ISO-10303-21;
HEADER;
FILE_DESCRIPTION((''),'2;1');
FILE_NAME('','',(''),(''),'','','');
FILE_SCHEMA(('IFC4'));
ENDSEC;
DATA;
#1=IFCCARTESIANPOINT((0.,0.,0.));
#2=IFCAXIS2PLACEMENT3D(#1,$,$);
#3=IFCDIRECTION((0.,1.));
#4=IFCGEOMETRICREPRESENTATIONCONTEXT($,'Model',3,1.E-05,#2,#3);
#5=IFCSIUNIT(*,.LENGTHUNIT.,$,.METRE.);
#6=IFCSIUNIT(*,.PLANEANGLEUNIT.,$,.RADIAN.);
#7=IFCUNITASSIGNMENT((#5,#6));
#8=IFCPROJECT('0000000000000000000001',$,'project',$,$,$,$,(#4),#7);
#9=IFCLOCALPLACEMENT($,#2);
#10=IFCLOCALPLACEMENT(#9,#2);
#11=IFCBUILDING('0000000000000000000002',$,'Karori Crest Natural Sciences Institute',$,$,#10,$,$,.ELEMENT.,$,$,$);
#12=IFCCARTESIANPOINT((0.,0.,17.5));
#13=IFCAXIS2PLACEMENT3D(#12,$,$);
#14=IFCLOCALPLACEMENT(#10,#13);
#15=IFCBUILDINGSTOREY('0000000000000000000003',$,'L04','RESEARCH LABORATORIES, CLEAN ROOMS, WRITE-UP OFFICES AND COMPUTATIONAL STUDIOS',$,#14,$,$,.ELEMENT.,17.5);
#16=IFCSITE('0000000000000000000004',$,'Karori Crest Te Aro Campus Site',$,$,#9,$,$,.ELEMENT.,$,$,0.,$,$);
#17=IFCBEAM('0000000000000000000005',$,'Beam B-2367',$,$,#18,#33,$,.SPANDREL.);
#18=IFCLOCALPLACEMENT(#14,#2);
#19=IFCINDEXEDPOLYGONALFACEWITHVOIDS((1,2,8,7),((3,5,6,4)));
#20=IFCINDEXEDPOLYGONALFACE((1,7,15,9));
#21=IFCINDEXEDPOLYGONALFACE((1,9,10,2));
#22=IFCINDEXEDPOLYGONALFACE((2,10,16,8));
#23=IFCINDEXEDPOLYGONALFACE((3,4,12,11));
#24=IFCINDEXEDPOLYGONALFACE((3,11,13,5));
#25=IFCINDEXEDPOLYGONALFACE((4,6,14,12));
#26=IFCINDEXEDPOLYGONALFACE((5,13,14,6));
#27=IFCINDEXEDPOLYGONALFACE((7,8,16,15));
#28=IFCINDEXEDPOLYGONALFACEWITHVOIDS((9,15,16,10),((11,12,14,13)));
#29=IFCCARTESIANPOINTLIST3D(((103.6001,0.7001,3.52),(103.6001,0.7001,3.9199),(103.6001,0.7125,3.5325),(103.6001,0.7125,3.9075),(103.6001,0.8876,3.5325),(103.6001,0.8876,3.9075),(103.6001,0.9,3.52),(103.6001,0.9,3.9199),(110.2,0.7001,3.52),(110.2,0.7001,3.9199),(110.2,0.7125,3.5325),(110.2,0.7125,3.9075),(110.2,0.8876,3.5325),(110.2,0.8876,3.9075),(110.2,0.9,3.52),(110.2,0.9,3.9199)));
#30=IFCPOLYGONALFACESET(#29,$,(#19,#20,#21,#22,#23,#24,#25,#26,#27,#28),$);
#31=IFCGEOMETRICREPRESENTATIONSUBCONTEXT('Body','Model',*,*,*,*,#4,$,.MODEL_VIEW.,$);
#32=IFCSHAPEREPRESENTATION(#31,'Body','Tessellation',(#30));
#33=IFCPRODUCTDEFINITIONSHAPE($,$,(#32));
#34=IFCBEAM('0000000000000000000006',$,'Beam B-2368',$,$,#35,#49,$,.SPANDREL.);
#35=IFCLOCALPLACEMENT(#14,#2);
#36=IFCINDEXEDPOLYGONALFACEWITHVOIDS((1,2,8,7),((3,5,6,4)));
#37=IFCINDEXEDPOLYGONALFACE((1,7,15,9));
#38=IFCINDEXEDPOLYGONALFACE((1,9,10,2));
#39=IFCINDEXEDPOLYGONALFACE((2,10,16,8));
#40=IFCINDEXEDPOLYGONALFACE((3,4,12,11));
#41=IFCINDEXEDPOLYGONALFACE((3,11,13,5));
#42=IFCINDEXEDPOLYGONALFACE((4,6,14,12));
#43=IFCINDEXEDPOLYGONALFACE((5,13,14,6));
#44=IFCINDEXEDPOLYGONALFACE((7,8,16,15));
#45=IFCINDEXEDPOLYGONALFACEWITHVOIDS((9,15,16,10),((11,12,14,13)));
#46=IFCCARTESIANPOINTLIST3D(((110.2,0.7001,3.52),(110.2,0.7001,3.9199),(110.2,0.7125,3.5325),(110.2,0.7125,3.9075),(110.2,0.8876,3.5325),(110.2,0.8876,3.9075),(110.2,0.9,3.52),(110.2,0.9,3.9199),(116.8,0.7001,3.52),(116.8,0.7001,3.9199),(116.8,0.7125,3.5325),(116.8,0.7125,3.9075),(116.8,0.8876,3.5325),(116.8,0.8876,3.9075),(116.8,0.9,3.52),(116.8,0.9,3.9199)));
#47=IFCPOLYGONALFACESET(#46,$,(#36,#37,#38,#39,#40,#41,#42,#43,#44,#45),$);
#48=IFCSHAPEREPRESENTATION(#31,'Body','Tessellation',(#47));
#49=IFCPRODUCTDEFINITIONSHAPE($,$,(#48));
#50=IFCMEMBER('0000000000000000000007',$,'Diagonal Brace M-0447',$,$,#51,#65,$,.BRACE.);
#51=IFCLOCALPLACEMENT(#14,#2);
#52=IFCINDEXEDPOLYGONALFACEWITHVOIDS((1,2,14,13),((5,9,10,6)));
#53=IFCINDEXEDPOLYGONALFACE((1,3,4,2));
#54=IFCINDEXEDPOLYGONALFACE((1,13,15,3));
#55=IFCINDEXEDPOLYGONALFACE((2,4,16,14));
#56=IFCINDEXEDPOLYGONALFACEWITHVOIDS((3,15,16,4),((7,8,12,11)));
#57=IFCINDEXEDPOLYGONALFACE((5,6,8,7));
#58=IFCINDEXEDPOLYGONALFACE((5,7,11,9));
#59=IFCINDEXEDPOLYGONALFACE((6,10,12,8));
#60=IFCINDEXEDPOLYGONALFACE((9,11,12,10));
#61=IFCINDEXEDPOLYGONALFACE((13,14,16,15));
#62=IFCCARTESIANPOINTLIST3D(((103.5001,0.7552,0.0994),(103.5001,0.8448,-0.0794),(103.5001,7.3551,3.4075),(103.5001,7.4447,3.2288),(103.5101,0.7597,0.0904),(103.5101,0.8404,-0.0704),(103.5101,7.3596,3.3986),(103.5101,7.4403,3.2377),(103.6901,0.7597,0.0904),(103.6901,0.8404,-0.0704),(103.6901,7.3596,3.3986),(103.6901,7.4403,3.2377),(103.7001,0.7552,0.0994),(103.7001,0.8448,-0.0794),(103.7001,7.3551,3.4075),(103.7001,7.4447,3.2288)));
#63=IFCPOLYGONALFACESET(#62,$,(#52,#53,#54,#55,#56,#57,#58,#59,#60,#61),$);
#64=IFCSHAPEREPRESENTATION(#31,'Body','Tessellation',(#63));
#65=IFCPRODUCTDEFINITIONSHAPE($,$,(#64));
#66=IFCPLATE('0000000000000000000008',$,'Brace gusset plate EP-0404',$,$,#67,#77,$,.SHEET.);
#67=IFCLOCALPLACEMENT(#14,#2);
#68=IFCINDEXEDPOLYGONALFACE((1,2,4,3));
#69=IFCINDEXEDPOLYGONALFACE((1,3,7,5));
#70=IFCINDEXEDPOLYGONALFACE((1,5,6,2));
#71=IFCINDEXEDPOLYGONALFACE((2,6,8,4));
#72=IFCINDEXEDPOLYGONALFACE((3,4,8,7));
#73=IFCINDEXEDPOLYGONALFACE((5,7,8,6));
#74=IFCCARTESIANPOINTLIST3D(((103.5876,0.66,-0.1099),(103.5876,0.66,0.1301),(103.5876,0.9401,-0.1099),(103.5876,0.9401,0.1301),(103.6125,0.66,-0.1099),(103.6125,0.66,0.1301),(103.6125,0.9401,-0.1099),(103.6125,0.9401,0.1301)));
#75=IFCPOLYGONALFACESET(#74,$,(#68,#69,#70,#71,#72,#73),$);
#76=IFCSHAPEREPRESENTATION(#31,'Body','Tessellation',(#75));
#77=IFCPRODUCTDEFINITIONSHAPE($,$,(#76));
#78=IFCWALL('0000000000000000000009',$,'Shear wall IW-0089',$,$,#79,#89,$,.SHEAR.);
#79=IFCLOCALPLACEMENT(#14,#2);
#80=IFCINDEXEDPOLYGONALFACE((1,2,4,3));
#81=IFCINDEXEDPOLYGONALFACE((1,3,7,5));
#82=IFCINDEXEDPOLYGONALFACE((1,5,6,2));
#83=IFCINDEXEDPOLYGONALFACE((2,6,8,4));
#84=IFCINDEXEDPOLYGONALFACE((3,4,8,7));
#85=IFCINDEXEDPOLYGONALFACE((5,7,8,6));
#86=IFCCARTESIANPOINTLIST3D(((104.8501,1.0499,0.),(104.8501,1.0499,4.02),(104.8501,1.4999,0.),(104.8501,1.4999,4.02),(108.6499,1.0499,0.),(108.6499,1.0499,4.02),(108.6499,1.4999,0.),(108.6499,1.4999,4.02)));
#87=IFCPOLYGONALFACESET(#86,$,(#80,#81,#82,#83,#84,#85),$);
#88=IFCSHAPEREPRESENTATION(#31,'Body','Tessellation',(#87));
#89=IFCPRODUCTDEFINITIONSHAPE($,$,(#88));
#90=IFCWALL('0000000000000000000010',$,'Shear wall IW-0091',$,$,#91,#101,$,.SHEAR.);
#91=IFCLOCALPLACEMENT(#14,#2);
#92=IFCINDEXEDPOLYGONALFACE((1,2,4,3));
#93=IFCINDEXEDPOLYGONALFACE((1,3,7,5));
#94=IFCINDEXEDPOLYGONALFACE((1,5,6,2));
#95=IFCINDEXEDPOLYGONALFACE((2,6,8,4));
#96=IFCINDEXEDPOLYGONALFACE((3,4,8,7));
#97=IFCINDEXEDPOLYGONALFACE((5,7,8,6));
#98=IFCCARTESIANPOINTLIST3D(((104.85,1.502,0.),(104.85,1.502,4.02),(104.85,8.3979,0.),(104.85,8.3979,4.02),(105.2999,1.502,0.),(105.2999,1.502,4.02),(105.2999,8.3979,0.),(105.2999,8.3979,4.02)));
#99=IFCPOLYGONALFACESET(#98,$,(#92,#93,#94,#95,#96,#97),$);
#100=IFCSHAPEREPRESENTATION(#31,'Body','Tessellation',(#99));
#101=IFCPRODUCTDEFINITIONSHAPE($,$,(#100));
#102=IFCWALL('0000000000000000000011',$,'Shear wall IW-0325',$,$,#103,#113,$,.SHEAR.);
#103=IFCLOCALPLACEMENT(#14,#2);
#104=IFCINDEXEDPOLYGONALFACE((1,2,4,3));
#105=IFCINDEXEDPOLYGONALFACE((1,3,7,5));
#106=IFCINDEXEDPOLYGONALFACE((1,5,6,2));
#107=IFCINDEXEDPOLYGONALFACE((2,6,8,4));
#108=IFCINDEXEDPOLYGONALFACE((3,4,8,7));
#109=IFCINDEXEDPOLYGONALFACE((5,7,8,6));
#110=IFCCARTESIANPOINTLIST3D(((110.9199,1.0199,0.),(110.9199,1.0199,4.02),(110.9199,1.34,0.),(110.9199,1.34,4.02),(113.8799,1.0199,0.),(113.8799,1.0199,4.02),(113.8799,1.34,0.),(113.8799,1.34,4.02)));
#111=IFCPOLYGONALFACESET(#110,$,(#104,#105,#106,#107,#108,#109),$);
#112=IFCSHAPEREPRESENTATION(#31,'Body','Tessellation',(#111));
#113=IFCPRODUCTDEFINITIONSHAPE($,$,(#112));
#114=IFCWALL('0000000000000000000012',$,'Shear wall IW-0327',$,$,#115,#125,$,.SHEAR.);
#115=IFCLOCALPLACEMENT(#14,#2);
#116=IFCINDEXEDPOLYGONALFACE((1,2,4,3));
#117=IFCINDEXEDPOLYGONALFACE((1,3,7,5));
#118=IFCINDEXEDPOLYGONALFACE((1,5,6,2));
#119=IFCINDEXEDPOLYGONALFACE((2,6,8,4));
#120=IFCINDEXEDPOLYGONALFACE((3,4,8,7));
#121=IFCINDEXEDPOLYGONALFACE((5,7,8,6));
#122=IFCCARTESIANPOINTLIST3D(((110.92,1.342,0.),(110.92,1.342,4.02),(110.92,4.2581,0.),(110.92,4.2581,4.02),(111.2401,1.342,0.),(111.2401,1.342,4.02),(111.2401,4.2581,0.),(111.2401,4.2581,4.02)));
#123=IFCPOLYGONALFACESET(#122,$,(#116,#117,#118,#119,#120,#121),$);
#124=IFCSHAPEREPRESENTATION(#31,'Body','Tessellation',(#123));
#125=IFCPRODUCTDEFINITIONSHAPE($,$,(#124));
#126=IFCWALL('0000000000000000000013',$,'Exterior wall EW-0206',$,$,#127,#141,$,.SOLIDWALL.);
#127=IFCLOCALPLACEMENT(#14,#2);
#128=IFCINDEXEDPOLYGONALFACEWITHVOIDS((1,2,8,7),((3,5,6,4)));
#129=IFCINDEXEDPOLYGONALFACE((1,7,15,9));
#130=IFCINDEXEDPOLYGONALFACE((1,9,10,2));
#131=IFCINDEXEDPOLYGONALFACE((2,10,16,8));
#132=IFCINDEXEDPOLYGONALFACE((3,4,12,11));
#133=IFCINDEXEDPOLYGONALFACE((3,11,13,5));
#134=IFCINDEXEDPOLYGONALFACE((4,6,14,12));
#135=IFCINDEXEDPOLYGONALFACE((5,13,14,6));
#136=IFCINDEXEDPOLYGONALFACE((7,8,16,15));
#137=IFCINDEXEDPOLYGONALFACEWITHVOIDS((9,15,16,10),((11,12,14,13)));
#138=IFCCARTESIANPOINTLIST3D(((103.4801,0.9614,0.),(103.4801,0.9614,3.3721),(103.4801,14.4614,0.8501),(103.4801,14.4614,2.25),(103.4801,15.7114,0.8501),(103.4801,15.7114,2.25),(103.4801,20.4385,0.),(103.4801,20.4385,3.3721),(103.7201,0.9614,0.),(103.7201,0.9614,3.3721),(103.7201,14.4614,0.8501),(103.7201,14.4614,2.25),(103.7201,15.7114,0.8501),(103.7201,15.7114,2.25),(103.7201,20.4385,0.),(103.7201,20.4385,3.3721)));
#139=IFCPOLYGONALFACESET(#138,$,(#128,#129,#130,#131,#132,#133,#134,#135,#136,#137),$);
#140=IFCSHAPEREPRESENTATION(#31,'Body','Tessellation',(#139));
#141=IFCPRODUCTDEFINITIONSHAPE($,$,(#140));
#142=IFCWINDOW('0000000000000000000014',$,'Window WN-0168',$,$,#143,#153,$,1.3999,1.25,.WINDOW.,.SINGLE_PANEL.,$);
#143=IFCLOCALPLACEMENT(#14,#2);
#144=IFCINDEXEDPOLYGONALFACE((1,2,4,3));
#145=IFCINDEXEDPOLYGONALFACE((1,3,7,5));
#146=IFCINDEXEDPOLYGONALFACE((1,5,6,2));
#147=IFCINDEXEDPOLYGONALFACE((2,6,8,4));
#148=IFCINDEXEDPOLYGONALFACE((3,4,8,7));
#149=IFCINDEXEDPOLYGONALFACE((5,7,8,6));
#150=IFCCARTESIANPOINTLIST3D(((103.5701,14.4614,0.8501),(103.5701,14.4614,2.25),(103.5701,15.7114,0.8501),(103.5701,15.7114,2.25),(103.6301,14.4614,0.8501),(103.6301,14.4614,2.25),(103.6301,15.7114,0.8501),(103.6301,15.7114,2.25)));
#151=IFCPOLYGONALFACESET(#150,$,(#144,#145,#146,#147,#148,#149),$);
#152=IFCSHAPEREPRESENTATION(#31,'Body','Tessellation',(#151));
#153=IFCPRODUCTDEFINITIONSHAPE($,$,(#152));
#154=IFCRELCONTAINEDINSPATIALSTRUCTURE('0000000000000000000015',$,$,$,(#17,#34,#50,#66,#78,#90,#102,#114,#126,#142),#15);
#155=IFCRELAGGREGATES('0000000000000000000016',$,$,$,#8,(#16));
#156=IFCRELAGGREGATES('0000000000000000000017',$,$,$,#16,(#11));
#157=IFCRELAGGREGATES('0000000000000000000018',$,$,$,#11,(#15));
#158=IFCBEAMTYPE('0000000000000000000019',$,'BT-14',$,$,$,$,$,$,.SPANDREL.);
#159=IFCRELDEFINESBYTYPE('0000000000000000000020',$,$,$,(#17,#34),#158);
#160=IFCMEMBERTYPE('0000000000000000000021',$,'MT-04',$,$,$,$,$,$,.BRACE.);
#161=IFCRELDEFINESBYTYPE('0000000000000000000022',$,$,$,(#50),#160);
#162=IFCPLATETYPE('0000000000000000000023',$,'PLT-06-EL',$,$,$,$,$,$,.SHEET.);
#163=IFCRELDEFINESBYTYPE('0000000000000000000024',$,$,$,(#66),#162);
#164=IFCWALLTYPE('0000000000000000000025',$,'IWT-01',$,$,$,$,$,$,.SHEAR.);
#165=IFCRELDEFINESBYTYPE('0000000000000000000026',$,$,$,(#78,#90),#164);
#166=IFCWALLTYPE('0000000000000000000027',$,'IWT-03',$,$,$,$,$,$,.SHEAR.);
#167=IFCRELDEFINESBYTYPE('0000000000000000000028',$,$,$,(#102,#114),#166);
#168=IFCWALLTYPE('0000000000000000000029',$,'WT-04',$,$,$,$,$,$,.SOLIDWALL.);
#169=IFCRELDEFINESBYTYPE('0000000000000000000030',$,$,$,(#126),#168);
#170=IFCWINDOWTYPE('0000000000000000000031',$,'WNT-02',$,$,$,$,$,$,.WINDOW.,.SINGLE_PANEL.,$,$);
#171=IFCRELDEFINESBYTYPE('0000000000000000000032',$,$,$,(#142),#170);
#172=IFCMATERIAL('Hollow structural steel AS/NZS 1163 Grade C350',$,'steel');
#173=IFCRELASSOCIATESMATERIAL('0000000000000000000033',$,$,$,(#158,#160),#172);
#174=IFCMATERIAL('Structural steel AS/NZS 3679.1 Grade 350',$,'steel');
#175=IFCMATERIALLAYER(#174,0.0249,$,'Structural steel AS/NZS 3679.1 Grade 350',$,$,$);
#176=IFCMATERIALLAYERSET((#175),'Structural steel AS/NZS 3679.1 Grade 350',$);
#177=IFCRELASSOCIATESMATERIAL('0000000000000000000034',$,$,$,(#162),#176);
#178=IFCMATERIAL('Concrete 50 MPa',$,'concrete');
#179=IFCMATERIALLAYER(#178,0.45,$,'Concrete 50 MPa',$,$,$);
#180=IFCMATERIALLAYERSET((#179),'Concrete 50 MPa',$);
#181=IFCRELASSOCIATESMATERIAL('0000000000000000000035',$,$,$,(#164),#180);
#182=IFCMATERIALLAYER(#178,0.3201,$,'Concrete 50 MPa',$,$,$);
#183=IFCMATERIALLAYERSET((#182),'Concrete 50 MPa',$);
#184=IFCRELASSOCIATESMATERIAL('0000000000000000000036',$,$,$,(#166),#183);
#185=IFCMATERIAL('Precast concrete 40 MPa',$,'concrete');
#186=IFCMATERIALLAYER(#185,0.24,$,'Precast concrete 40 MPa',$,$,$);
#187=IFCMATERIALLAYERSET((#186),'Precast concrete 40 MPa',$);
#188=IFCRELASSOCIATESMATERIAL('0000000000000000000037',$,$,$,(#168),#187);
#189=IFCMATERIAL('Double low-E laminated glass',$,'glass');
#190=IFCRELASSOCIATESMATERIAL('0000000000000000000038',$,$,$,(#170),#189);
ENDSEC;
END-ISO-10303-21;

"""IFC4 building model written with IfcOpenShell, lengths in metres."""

from ifc_helpers import new_model, si_unit, direction, frame, frame_2d, origin, origin_2d, place, context, subcontext, project, spatial, rectangle, hollow_rectangle, extrude, material, layer, layer_set, material_profile, profile_set, type_object, element, fill, save


model = new_model("IFC4")

# Units and contexts
model_context = context("Model", 3, precision=1e-05, world=origin(), true_north=direction((0.0, 1.0)))
body_context = subcontext(model_context, "Body", "Model", "MODEL_VIEW")
ifc_project = project(units=[si_unit("LENGTHUNIT", "METRE"), si_unit("PLANEANGLEUNIT", "RADIAN")], contexts=[model_context])

# Site, building, storey
site_placement = place(None, origin())
site = spatial("IfcSite", under=ifc_project, at=site_placement, Name="Karori Crest Te Aro Campus Site", CompositionType="ELEMENT", RefElevation=0.0)
building_placement = place(site_placement, origin())
building = spatial("IfcBuilding", under=site, at=building_placement, Name="Karori Crest Natural Sciences Institute", CompositionType="ELEMENT")
storey_placement = place(building_placement, frame((0.0, 0.0, 17.5)))
storey = spatial("IfcBuildingStorey", under=building, at=storey_placement, Name="L04", Description="RESEARCH LABORATORIES, CLEAN ROOMS, WRITE-UP OFFICES AND COMPUTATIONAL STUDIOS", CompositionType="ELEMENT", Elevation=17.5)

# Shared definitions
ifc_material_1 = material(Name="Structural steel AS/NZS 3679.1 Grade 350", Category="steel")

# Beams
ifc_material_2 = material(Name="Hollow structural steel AS/NZS 1163 Grade C350", Category="steel")
ifc_material_profile_1 = material_profile(ifc_material_2, hollow_rectangle(XDim=0.2, YDim=0.3999, WallThickness=0.0125, at=origin_2d()), Name="RHS400x200x12.5")
ifc_profile_set_1 = profile_set([ifc_material_profile_1], Name="Hollow structural steel AS/NZS 1163 Grade C350")
beam_type_1 = type_object("IfcBeamType", Name="BT-14", PredefinedType="SPANDREL", material=ifc_profile_set_1)
beam_1_placement = place(storey_placement, frame((103.6001, 0.8, 3.72), z_axis=(1.0, 0.0, 0.0), x_axis=(0.0, 1.0, 0.0)))
element("IfcBeam", 1, at=beam_1_placement, inside=storey, type_object=beam_type_1, Name="Beam B-2367", PredefinedType="SPANDREL", context=body_context, shape_type="SweptSolid", body=[
    extrude(hollow_rectangle(XDim=0.2, YDim=0.3999, WallThickness=0.0125, at=origin_2d()), origin(), (0.0, 0.0, 1.0), 6.5999),
])
beam_2_placement = place(storey_placement, frame((110.2, 0.8, 3.72), z_axis=(1.0, 0.0, 0.0), x_axis=(0.0, 1.0, 0.0)))
element("IfcBeam", 2, at=beam_2_placement, inside=storey, type_object=beam_type_1, Name="Beam B-2368", PredefinedType="SPANDREL", context=body_context, shape_type="SweptSolid", body=[
    extrude(hollow_rectangle(XDim=0.2, YDim=0.3999, WallThickness=0.0125, at=origin_2d()), origin(), (0.0, 0.0, 1.0), 6.6001),
])

# Member
ifc_material_profile_2 = material_profile(ifc_material_2, hollow_rectangle(XDim=0.2, YDim=0.2, WallThickness=0.01, at=origin_2d()), Name="SHS200x200x10")
ifc_profile_set_2 = profile_set([ifc_material_profile_2], Name="Hollow structural steel AS/NZS 1163 Grade C350")
member_type = type_object("IfcMemberType", Name="MT-04", PredefinedType="BRACE", material=ifc_profile_set_2)
member_placement = place(storey_placement, frame((103.6001, 0.8, 0.01), z_axis=(0.0, 0.893984, 0.4481), x_axis=(-1.0, 0.0, 0.0)))
element("IfcMember", 3, at=member_placement, inside=storey, type_object=member_type, Name="Diagonal Brace M-0447", PredefinedType="BRACE", context=body_context, shape_type="SweptSolid", body=[
    extrude(hollow_rectangle(XDim=0.2, YDim=0.2, WallThickness=0.01, at=origin_2d()), origin(), (0.0, 0.0, 1.0), 7.3826),
])

# Plate
ifc_layer_1 = layer(ifc_material_1, 0.0249, Name="Structural steel AS/NZS 3679.1 Grade 350")
ifc_layer_set_1 = layer_set([ifc_layer_1], Name="Structural steel AS/NZS 3679.1 Grade 350")
plate_type = type_object("IfcPlateType", Name="PLT-06-EL", PredefinedType="SHEET", material=ifc_layer_set_1)
plate_placement = place(storey_placement, frame((103.6001, 0.8, -0.1099), z_axis=(0.0, 0.0, 1.0), x_axis=(0.0, 1.0, 0.0)))
element("IfcPlate", 4, at=plate_placement, inside=storey, type_object=plate_type, Name="Brace gusset plate EP-0404", PredefinedType="SHEET", context=body_context, shape_type="SweptSolid", body=[
    extrude(rectangle(XDim=0.28, YDim=0.0249, at=origin_2d()), origin(), (0.0, 0.0, 1.0), 0.24),
])

# Walls
ifc_material_3 = material(Name="Concrete 50 MPa", Category="concrete")
ifc_layer_2 = layer(ifc_material_3, 0.45, Name="Concrete 50 MPa")
ifc_layer_set_2 = layer_set([ifc_layer_2], Name="Concrete 50 MPa")
wall_type_1 = type_object("IfcWallType", Name="IWT-01", PredefinedType="SHEAR", material=ifc_layer_set_2)
wall_1_placement = place(storey_placement, frame((104.8501, 1.2749, 0.0), z_axis=(0.0, 0.0, 1.0), x_axis=(1.0, 0.0, 0.0)))
element("IfcWall", 5, at=wall_1_placement, inside=storey, type_object=wall_type_1, Name="Shear wall IW-0089", PredefinedType="SHEAR", context=body_context, shape_type="SweptSolid", body=[
    extrude(rectangle(XDim=3.7998, YDim=0.45, at=frame_2d((1.8999, 0.0))), origin(), (0.0, 0.0, 1.0), 4.02),
])
wall_2_placement = place(storey_placement, frame((105.075, 1.502, 0.0), z_axis=(0.0, 0.0, 1.0), x_axis=(0.0, 1.0, 0.0)))
element("IfcWall", 6, at=wall_2_placement, inside=storey, type_object=wall_type_1, Name="Shear wall IW-0091", PredefinedType="SHEAR", context=body_context, shape_type="SweptSolid", body=[
    extrude(rectangle(XDim=6.896, YDim=0.45, at=frame_2d((3.448, 0.0))), origin(), (0.0, 0.0, 1.0), 4.02),
])

# Walls
ifc_layer_3 = layer(ifc_material_3, 0.3201, Name="Concrete 50 MPa")
ifc_layer_set_3 = layer_set([ifc_layer_3], Name="Concrete 50 MPa")
wall_type_2 = type_object("IfcWallType", Name="IWT-03", PredefinedType="SHEAR", material=ifc_layer_set_3)
wall_3_placement = place(storey_placement, frame((110.9199, 1.1799, 0.0), z_axis=(0.0, 0.0, 1.0), x_axis=(1.0, 0.0, 0.0)))
element("IfcWall", 7, at=wall_3_placement, inside=storey, type_object=wall_type_2, Name="Shear wall IW-0325", PredefinedType="SHEAR", context=body_context, shape_type="SweptSolid", body=[
    extrude(rectangle(XDim=2.96, YDim=0.3201, at=frame_2d((1.48, 0.0))), origin(), (0.0, 0.0, 1.0), 4.02),
])
wall_4_placement = place(storey_placement, frame((111.0801, 1.342, 0.0), z_axis=(0.0, 0.0, 1.0), x_axis=(0.0, 1.0, 0.0)))
element("IfcWall", 8, at=wall_4_placement, inside=storey, type_object=wall_type_2, Name="Shear wall IW-0327", PredefinedType="SHEAR", context=body_context, shape_type="SweptSolid", body=[
    extrude(rectangle(XDim=2.916, YDim=0.3201, at=frame_2d((1.458, 0.0))), origin(), (0.0, 0.0, 1.0), 4.02),
])

# Wall, opening, window
ifc_material_4 = material(Name="Precast concrete 40 MPa", Category="concrete")
ifc_layer_4 = layer(ifc_material_4, 0.24, Name="Precast concrete 40 MPa")
ifc_layer_set_4 = layer_set([ifc_layer_4], Name="Precast concrete 40 MPa")
wall_type_3 = type_object("IfcWallType", Name="WT-04", PredefinedType="SOLIDWALL", material=ifc_layer_set_4)
wall_5_placement = place(storey_placement, frame((103.6001, 0.9614, 0.0), z_axis=(0.0, 0.0, 1.0), x_axis=(0.0, 1.0, 0.0)))
wall_5 = element("IfcWall", 9, at=wall_5_placement, inside=storey, type_object=wall_type_3, Name="Exterior wall EW-0206", PredefinedType="SOLIDWALL", context=body_context, shape_type="SweptSolid", body=[
    extrude(rectangle(XDim=19.4771, YDim=0.24, at=frame_2d((9.7385, 0.0))), origin(), (0.0, 0.0, 1.0), 3.3721),
])
opening_1_placement = place(wall_5_placement, frame((13.5, 0.0, 0.8501)))
opening_1 = element("IfcOpeningElement", 10, at=opening_1_placement, cuts=wall_5, PredefinedType="OPENING", context=body_context, shape_type="SweptSolid", body=[
    extrude(rectangle(XDim=1.25, YDim=1.3999, at=frame_2d((0.625, 0.7))), frame((0.0, 0.1299, 0.0), z_axis=(0.0, -1.0, 0.0), x_axis=(1.0, 0.0, 0.0)), (0.0, 0.0, 1.0), 0.26),
])
ifc_material_5 = material(Name="Double low-E laminated glass", Category="glass")
window_type = type_object("IfcWindowType", Name="WNT-02", PartitioningType="SINGLE_PANEL", PredefinedType="WINDOW", material=ifc_material_5)
window_placement = place(opening_1_placement, origin())
window = element("IfcWindow", 11, at=window_placement, inside=storey, type_object=window_type, Name="Window WN-0168", OverallHeight=1.3999, OverallWidth=1.25, PartitioningType="SINGLE_PANEL", PredefinedType="WINDOW", context=body_context, shape_type="SweptSolid", body=[
    extrude(rectangle(XDim=1.25, YDim=1.3999, at=frame_2d((0.625, 0.7))), frame((0.0, 0.03, 0.0), z_axis=(0.0, -1.0, 0.0), x_axis=(1.0, 0.0, 0.0)), (0.0, 0.0, 1.0), 0.0601),
])
fill(opening_1, window)

save(model, "model.ifc")
